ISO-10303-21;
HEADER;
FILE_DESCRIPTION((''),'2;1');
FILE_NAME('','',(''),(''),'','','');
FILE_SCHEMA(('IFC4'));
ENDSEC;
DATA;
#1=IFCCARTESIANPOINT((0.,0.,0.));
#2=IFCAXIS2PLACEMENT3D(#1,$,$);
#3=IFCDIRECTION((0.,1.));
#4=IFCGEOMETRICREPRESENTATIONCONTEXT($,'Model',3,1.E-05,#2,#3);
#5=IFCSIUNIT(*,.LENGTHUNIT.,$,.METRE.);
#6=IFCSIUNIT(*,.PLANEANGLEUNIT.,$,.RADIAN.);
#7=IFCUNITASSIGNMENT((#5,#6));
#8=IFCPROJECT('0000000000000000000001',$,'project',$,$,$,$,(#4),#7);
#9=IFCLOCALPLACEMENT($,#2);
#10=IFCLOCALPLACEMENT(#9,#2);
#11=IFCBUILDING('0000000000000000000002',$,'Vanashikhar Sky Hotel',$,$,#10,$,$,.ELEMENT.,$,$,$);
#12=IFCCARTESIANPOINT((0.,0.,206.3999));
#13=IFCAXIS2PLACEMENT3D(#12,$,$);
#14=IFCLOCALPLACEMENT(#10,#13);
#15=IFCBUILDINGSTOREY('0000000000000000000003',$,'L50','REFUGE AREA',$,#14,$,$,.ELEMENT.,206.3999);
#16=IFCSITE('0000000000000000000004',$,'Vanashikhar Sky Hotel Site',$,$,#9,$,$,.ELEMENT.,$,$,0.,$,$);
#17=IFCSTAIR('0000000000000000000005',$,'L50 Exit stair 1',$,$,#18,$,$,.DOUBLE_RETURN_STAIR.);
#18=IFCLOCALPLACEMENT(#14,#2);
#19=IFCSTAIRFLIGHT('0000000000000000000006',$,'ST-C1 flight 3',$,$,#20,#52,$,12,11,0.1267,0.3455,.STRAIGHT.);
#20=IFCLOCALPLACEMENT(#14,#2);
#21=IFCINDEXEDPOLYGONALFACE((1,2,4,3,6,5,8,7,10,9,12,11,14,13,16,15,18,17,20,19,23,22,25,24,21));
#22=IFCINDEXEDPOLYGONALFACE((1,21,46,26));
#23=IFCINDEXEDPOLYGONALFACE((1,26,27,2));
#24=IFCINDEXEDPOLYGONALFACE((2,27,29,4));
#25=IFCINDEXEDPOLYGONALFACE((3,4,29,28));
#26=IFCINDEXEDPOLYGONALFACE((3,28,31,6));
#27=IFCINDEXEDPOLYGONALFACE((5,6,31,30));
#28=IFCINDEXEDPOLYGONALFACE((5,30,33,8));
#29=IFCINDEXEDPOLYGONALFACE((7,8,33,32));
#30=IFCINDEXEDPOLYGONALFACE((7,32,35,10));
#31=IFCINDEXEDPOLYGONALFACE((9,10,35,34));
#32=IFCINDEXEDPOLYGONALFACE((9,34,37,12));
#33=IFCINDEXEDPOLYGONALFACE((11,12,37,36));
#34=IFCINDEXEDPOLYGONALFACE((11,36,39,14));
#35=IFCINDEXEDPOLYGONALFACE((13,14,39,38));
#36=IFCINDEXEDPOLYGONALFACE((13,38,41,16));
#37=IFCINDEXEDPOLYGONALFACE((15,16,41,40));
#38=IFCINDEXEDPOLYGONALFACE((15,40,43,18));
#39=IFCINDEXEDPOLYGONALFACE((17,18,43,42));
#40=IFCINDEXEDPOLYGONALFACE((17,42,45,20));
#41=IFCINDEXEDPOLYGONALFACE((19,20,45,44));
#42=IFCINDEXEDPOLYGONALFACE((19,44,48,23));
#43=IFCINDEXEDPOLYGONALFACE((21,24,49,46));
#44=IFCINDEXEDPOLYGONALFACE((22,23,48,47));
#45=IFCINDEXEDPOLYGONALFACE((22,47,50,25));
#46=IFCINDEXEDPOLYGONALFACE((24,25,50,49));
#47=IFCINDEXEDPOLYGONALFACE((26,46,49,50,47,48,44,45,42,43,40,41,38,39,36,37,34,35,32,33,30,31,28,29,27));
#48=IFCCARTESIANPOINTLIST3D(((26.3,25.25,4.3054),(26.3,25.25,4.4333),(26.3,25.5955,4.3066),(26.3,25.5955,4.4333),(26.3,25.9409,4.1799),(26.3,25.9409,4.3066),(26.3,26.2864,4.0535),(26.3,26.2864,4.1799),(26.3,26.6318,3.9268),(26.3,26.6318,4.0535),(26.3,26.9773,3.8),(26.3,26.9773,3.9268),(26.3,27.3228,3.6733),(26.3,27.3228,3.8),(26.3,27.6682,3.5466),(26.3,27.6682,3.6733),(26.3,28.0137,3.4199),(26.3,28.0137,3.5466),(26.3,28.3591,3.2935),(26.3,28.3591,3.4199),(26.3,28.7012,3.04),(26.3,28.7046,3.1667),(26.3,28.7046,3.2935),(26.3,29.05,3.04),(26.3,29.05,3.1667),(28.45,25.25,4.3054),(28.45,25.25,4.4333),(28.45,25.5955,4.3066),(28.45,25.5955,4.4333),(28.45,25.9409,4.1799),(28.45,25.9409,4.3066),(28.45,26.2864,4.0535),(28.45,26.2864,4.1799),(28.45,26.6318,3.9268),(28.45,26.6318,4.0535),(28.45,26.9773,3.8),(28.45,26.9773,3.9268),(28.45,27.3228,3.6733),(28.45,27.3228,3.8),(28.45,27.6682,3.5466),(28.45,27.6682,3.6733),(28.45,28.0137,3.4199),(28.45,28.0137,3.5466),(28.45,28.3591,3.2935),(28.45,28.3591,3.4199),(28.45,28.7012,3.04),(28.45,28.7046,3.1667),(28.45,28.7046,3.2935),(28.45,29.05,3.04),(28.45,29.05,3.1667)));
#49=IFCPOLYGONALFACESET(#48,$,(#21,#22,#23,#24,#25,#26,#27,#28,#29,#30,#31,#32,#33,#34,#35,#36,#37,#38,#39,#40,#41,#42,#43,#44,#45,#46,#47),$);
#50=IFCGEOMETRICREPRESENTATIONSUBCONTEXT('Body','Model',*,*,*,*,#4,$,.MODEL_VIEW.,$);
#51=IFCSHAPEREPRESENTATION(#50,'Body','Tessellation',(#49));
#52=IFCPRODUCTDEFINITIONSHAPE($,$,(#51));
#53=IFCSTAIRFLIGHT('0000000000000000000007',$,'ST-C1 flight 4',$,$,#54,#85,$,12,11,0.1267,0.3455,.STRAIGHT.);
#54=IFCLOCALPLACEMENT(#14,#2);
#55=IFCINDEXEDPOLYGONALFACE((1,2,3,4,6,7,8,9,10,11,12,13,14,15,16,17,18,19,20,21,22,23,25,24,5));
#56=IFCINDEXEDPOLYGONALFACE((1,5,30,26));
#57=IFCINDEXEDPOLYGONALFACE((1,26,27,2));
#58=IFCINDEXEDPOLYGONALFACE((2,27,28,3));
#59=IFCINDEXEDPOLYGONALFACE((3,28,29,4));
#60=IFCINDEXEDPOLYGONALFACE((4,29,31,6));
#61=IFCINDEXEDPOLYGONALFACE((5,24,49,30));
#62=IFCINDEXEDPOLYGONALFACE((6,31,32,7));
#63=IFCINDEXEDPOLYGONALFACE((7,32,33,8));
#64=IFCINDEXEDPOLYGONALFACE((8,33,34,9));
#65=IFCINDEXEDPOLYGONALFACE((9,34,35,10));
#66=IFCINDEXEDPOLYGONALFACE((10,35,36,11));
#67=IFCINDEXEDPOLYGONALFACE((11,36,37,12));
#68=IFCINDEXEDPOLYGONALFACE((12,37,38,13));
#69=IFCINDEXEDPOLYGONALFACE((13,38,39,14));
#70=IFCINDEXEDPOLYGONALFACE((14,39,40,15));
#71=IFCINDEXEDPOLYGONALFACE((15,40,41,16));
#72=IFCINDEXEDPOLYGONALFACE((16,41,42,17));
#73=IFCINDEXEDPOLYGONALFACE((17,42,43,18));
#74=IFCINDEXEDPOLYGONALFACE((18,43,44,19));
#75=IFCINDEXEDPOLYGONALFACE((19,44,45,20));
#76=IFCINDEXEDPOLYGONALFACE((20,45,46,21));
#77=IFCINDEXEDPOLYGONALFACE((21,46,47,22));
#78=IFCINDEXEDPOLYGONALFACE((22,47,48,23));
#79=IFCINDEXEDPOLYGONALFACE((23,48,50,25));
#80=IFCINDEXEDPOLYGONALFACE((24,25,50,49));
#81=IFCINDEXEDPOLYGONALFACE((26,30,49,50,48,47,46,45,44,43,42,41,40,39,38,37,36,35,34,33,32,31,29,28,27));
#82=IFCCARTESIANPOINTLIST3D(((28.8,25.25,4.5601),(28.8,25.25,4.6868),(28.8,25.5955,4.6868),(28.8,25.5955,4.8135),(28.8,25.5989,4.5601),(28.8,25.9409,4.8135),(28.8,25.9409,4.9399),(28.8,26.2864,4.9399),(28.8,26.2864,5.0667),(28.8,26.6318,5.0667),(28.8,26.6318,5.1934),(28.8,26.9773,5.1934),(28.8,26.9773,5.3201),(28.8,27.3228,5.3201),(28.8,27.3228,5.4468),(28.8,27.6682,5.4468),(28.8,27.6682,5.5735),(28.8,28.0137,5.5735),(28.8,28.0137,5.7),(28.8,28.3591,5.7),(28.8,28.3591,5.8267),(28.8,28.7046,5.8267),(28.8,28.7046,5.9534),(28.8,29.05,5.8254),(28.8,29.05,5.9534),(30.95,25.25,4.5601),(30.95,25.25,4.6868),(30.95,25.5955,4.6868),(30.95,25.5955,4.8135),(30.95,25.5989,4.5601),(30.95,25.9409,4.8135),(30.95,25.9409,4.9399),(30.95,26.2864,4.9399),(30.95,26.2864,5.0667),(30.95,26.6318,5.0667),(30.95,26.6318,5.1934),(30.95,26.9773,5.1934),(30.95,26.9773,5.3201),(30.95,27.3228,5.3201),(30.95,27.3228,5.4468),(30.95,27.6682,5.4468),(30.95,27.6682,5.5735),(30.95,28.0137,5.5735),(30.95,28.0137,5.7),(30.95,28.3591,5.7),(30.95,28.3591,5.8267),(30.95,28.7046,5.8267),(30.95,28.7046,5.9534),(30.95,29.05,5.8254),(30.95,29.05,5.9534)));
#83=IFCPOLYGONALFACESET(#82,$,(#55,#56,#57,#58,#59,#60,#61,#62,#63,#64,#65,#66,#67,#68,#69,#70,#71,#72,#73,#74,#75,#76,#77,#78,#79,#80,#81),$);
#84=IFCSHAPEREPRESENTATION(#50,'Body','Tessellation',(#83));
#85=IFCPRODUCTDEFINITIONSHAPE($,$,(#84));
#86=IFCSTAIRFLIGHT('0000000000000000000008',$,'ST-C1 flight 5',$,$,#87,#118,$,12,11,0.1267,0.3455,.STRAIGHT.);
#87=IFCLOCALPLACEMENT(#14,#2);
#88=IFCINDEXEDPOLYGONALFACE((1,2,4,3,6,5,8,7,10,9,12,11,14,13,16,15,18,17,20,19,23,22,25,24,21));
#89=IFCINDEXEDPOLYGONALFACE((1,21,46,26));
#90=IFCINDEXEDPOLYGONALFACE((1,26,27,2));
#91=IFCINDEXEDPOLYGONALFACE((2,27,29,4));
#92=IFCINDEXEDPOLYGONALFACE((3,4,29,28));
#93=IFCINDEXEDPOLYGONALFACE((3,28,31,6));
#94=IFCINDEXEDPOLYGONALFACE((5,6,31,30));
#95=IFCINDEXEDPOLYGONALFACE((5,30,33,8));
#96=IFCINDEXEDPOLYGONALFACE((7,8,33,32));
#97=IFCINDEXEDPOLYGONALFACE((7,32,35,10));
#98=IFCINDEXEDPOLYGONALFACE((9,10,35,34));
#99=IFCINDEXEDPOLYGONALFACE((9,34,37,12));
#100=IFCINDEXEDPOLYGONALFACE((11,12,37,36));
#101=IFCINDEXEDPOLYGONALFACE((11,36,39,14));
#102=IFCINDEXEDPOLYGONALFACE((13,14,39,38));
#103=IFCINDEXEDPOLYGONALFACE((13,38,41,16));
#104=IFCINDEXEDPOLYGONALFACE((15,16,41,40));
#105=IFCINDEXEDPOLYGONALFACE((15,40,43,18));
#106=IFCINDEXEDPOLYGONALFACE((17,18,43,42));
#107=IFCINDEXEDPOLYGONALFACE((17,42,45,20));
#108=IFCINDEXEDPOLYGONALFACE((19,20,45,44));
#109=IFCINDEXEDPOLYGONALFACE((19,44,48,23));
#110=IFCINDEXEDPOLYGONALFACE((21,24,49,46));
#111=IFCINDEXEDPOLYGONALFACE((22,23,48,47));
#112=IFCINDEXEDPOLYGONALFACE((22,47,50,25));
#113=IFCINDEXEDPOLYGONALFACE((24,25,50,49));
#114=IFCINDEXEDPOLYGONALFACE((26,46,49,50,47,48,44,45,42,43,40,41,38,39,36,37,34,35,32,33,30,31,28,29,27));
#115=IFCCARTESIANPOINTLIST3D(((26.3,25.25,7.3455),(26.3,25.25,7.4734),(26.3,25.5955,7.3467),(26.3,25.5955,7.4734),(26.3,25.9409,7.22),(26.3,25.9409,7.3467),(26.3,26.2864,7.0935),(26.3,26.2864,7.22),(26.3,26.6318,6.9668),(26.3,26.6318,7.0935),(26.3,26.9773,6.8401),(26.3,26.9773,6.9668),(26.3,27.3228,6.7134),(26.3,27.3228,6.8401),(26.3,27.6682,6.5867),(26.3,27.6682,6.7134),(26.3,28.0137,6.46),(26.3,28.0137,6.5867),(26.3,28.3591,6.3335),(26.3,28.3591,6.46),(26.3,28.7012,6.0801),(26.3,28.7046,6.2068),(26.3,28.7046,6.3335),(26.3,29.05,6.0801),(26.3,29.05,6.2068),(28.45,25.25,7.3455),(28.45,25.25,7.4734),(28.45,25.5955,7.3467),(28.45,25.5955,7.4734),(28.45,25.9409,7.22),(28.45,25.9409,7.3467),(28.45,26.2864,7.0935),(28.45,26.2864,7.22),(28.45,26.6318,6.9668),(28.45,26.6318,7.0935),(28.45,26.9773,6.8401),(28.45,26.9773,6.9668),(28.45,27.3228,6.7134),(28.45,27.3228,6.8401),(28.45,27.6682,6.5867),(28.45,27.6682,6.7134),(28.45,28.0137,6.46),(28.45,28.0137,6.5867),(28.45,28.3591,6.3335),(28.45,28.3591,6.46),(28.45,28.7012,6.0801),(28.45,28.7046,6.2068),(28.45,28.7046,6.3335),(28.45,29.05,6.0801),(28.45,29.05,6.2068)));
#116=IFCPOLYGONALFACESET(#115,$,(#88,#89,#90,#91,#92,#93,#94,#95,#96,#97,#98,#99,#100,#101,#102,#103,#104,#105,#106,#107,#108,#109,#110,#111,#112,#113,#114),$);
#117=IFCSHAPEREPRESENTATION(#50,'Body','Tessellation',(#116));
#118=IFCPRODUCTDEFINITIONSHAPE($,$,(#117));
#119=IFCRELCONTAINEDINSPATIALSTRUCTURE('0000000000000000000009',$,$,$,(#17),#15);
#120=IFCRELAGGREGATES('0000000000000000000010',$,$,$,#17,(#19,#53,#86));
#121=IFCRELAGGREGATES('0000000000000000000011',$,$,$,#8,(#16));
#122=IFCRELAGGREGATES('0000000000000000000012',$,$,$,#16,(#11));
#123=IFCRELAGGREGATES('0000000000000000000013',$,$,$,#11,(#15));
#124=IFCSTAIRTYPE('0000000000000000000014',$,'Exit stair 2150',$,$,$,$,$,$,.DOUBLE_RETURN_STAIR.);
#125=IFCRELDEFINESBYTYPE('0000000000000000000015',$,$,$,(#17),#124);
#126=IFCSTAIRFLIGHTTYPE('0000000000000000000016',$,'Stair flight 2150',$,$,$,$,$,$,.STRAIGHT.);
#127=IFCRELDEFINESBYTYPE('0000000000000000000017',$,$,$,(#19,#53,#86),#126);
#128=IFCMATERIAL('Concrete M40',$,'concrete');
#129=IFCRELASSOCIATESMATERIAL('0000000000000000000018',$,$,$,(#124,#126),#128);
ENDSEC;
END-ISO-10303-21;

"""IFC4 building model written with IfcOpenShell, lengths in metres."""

from ifc_helpers import new_model, si_unit, direction, frame, origin, place, context, subcontext, project, spatial, polyline, outline, extrude, source, transform, mapped, material, type_object, element, aggregate, save


model = new_model("IFC4")

# Units and contexts
model_context = context("Model", 3, precision=1e-05, world=origin(), true_north=direction((0.0, 1.0)))
body_context = subcontext(model_context, "Body", "Model", "MODEL_VIEW")
ifc_project = project(units=[si_unit("LENGTHUNIT", "METRE"), si_unit("PLANEANGLEUNIT", "RADIAN")], contexts=[model_context])

# Site, building, storey
site_placement = place(None, origin())
site = spatial("IfcSite", under=ifc_project, at=site_placement, Name="Vanashikhar Sky Hotel Site", CompositionType="ELEMENT", RefElevation=0.0)
building_placement = place(site_placement, origin())
building = spatial("IfcBuilding", under=site, at=building_placement, Name="Vanashikhar Sky Hotel", CompositionType="ELEMENT")
storey_placement = place(building_placement, frame((0.0, 0.0, 206.3999)))
storey = spatial("IfcBuildingStorey", under=building, at=storey_placement, Name="L50", Description="REFUGE AREA", CompositionType="ELEMENT", Elevation=206.3999)

# Shared definitions
ifc_material_1 = material(Name="Concrete M40", Category="concrete")

# Stair, stair flights
stair_type = type_object("IfcStairType", Name="Exit stair 2150", PredefinedType="DOUBLE_RETURN_STAIR", material=ifc_material_1)
stair_placement = place(storey_placement, origin())
stair = element("IfcStair", 1, at=stair_placement, inside=storey, type_object=stair_type, Name="L50 Exit stair 1", PredefinedType="DOUBLE_RETURN_STAIR")
stair_flight_type = type_object("IfcStairFlightType", Name="Stair flight 2150", PredefinedType="STRAIGHT", material=ifc_material_1)
shared_shape_1 = source(origin(), body_context, "Body", "SweptSolid", [
    extrude(outline(polyline([(0.0, 0.0), (0.0, 0.1267), (0.3455, 0.1267), (0.3455, 0.2534), (0.6909, 0.2534), (0.6909, 0.3799), (1.0364, 0.3799), (1.0364, 0.5066), (1.3818, 0.5066), (1.3818, 0.6333), (1.7273, 0.6333), (1.7273, 0.76), (2.0728, 0.76), (2.0728, 0.8867), (2.4182, 0.8867), (2.4182, 1.0134), (2.7637, 1.0134), (2.7637, 1.1399), (3.1091, 1.1399), (3.1091, 1.2666), (3.4546, 1.2666), (3.4546, 1.3933), (3.8, 1.3933), (3.8, 1.52), (3.8, 1.2654), (0.3489, 0.0), (0.0, 0.0)])), frame((0.0, 1.075, 0.0), z_axis=(0.0, -1.0, 0.0), x_axis=(1.0, 0.0, 0.0)), (0.0, 0.0, 1.0), 2.1499),
])
stair_flight_1_placement = place(storey_placement, frame((27.375, 29.05, 3.04), z_axis=(0.0, 0.0, 1.0), x_axis=(0.0, -1.0, 0.0)))
stair_flight_1 = element("IfcStairFlight", 2, at=stair_flight_1_placement, type_object=stair_flight_type, Name="ST-C1 flight 3", NumberOfRisers=12, NumberOfTreads=11, PredefinedType="STRAIGHT", RiserHeight=0.1267, TreadLength=0.3455, context=body_context, shape_type="MappedRepresentation", body=[
    mapped(shared_shape_1, transform((0.0, 0.0, 0.0), scale=1.0)),
])
stair_flight_2_placement = place(storey_placement, frame((29.875, 25.25, 4.5601), z_axis=(0.0, 0.0, 1.0), x_axis=(0.0, 1.0, 0.0)))
stair_flight_2 = element("IfcStairFlight", 3, at=stair_flight_2_placement, type_object=stair_flight_type, Name="ST-C1 flight 4", NumberOfRisers=12, NumberOfTreads=11, PredefinedType="STRAIGHT", RiserHeight=0.1267, TreadLength=0.3455, context=body_context, shape_type="MappedRepresentation", body=[
    mapped(shared_shape_1, transform((0.0, 0.0, 0.0), scale=1.0)),
])
stair_flight_3_placement = place(storey_placement, frame((27.375, 29.05, 6.0801), z_axis=(0.0, 0.0, 1.0), x_axis=(0.0, -1.0, 0.0)))
stair_flight_3 = element("IfcStairFlight", 4, at=stair_flight_3_placement, type_object=stair_flight_type, Name="ST-C1 flight 5", NumberOfRisers=12, NumberOfTreads=11, PredefinedType="STRAIGHT", RiserHeight=0.1267, TreadLength=0.3455, context=body_context, shape_type="MappedRepresentation", body=[
    mapped(shared_shape_1, transform((0.0, 0.0, 0.0), scale=1.0)),
])
aggregate(stair, [stair_flight_1, stair_flight_2, stair_flight_3])

save(model, "model.ifc")
